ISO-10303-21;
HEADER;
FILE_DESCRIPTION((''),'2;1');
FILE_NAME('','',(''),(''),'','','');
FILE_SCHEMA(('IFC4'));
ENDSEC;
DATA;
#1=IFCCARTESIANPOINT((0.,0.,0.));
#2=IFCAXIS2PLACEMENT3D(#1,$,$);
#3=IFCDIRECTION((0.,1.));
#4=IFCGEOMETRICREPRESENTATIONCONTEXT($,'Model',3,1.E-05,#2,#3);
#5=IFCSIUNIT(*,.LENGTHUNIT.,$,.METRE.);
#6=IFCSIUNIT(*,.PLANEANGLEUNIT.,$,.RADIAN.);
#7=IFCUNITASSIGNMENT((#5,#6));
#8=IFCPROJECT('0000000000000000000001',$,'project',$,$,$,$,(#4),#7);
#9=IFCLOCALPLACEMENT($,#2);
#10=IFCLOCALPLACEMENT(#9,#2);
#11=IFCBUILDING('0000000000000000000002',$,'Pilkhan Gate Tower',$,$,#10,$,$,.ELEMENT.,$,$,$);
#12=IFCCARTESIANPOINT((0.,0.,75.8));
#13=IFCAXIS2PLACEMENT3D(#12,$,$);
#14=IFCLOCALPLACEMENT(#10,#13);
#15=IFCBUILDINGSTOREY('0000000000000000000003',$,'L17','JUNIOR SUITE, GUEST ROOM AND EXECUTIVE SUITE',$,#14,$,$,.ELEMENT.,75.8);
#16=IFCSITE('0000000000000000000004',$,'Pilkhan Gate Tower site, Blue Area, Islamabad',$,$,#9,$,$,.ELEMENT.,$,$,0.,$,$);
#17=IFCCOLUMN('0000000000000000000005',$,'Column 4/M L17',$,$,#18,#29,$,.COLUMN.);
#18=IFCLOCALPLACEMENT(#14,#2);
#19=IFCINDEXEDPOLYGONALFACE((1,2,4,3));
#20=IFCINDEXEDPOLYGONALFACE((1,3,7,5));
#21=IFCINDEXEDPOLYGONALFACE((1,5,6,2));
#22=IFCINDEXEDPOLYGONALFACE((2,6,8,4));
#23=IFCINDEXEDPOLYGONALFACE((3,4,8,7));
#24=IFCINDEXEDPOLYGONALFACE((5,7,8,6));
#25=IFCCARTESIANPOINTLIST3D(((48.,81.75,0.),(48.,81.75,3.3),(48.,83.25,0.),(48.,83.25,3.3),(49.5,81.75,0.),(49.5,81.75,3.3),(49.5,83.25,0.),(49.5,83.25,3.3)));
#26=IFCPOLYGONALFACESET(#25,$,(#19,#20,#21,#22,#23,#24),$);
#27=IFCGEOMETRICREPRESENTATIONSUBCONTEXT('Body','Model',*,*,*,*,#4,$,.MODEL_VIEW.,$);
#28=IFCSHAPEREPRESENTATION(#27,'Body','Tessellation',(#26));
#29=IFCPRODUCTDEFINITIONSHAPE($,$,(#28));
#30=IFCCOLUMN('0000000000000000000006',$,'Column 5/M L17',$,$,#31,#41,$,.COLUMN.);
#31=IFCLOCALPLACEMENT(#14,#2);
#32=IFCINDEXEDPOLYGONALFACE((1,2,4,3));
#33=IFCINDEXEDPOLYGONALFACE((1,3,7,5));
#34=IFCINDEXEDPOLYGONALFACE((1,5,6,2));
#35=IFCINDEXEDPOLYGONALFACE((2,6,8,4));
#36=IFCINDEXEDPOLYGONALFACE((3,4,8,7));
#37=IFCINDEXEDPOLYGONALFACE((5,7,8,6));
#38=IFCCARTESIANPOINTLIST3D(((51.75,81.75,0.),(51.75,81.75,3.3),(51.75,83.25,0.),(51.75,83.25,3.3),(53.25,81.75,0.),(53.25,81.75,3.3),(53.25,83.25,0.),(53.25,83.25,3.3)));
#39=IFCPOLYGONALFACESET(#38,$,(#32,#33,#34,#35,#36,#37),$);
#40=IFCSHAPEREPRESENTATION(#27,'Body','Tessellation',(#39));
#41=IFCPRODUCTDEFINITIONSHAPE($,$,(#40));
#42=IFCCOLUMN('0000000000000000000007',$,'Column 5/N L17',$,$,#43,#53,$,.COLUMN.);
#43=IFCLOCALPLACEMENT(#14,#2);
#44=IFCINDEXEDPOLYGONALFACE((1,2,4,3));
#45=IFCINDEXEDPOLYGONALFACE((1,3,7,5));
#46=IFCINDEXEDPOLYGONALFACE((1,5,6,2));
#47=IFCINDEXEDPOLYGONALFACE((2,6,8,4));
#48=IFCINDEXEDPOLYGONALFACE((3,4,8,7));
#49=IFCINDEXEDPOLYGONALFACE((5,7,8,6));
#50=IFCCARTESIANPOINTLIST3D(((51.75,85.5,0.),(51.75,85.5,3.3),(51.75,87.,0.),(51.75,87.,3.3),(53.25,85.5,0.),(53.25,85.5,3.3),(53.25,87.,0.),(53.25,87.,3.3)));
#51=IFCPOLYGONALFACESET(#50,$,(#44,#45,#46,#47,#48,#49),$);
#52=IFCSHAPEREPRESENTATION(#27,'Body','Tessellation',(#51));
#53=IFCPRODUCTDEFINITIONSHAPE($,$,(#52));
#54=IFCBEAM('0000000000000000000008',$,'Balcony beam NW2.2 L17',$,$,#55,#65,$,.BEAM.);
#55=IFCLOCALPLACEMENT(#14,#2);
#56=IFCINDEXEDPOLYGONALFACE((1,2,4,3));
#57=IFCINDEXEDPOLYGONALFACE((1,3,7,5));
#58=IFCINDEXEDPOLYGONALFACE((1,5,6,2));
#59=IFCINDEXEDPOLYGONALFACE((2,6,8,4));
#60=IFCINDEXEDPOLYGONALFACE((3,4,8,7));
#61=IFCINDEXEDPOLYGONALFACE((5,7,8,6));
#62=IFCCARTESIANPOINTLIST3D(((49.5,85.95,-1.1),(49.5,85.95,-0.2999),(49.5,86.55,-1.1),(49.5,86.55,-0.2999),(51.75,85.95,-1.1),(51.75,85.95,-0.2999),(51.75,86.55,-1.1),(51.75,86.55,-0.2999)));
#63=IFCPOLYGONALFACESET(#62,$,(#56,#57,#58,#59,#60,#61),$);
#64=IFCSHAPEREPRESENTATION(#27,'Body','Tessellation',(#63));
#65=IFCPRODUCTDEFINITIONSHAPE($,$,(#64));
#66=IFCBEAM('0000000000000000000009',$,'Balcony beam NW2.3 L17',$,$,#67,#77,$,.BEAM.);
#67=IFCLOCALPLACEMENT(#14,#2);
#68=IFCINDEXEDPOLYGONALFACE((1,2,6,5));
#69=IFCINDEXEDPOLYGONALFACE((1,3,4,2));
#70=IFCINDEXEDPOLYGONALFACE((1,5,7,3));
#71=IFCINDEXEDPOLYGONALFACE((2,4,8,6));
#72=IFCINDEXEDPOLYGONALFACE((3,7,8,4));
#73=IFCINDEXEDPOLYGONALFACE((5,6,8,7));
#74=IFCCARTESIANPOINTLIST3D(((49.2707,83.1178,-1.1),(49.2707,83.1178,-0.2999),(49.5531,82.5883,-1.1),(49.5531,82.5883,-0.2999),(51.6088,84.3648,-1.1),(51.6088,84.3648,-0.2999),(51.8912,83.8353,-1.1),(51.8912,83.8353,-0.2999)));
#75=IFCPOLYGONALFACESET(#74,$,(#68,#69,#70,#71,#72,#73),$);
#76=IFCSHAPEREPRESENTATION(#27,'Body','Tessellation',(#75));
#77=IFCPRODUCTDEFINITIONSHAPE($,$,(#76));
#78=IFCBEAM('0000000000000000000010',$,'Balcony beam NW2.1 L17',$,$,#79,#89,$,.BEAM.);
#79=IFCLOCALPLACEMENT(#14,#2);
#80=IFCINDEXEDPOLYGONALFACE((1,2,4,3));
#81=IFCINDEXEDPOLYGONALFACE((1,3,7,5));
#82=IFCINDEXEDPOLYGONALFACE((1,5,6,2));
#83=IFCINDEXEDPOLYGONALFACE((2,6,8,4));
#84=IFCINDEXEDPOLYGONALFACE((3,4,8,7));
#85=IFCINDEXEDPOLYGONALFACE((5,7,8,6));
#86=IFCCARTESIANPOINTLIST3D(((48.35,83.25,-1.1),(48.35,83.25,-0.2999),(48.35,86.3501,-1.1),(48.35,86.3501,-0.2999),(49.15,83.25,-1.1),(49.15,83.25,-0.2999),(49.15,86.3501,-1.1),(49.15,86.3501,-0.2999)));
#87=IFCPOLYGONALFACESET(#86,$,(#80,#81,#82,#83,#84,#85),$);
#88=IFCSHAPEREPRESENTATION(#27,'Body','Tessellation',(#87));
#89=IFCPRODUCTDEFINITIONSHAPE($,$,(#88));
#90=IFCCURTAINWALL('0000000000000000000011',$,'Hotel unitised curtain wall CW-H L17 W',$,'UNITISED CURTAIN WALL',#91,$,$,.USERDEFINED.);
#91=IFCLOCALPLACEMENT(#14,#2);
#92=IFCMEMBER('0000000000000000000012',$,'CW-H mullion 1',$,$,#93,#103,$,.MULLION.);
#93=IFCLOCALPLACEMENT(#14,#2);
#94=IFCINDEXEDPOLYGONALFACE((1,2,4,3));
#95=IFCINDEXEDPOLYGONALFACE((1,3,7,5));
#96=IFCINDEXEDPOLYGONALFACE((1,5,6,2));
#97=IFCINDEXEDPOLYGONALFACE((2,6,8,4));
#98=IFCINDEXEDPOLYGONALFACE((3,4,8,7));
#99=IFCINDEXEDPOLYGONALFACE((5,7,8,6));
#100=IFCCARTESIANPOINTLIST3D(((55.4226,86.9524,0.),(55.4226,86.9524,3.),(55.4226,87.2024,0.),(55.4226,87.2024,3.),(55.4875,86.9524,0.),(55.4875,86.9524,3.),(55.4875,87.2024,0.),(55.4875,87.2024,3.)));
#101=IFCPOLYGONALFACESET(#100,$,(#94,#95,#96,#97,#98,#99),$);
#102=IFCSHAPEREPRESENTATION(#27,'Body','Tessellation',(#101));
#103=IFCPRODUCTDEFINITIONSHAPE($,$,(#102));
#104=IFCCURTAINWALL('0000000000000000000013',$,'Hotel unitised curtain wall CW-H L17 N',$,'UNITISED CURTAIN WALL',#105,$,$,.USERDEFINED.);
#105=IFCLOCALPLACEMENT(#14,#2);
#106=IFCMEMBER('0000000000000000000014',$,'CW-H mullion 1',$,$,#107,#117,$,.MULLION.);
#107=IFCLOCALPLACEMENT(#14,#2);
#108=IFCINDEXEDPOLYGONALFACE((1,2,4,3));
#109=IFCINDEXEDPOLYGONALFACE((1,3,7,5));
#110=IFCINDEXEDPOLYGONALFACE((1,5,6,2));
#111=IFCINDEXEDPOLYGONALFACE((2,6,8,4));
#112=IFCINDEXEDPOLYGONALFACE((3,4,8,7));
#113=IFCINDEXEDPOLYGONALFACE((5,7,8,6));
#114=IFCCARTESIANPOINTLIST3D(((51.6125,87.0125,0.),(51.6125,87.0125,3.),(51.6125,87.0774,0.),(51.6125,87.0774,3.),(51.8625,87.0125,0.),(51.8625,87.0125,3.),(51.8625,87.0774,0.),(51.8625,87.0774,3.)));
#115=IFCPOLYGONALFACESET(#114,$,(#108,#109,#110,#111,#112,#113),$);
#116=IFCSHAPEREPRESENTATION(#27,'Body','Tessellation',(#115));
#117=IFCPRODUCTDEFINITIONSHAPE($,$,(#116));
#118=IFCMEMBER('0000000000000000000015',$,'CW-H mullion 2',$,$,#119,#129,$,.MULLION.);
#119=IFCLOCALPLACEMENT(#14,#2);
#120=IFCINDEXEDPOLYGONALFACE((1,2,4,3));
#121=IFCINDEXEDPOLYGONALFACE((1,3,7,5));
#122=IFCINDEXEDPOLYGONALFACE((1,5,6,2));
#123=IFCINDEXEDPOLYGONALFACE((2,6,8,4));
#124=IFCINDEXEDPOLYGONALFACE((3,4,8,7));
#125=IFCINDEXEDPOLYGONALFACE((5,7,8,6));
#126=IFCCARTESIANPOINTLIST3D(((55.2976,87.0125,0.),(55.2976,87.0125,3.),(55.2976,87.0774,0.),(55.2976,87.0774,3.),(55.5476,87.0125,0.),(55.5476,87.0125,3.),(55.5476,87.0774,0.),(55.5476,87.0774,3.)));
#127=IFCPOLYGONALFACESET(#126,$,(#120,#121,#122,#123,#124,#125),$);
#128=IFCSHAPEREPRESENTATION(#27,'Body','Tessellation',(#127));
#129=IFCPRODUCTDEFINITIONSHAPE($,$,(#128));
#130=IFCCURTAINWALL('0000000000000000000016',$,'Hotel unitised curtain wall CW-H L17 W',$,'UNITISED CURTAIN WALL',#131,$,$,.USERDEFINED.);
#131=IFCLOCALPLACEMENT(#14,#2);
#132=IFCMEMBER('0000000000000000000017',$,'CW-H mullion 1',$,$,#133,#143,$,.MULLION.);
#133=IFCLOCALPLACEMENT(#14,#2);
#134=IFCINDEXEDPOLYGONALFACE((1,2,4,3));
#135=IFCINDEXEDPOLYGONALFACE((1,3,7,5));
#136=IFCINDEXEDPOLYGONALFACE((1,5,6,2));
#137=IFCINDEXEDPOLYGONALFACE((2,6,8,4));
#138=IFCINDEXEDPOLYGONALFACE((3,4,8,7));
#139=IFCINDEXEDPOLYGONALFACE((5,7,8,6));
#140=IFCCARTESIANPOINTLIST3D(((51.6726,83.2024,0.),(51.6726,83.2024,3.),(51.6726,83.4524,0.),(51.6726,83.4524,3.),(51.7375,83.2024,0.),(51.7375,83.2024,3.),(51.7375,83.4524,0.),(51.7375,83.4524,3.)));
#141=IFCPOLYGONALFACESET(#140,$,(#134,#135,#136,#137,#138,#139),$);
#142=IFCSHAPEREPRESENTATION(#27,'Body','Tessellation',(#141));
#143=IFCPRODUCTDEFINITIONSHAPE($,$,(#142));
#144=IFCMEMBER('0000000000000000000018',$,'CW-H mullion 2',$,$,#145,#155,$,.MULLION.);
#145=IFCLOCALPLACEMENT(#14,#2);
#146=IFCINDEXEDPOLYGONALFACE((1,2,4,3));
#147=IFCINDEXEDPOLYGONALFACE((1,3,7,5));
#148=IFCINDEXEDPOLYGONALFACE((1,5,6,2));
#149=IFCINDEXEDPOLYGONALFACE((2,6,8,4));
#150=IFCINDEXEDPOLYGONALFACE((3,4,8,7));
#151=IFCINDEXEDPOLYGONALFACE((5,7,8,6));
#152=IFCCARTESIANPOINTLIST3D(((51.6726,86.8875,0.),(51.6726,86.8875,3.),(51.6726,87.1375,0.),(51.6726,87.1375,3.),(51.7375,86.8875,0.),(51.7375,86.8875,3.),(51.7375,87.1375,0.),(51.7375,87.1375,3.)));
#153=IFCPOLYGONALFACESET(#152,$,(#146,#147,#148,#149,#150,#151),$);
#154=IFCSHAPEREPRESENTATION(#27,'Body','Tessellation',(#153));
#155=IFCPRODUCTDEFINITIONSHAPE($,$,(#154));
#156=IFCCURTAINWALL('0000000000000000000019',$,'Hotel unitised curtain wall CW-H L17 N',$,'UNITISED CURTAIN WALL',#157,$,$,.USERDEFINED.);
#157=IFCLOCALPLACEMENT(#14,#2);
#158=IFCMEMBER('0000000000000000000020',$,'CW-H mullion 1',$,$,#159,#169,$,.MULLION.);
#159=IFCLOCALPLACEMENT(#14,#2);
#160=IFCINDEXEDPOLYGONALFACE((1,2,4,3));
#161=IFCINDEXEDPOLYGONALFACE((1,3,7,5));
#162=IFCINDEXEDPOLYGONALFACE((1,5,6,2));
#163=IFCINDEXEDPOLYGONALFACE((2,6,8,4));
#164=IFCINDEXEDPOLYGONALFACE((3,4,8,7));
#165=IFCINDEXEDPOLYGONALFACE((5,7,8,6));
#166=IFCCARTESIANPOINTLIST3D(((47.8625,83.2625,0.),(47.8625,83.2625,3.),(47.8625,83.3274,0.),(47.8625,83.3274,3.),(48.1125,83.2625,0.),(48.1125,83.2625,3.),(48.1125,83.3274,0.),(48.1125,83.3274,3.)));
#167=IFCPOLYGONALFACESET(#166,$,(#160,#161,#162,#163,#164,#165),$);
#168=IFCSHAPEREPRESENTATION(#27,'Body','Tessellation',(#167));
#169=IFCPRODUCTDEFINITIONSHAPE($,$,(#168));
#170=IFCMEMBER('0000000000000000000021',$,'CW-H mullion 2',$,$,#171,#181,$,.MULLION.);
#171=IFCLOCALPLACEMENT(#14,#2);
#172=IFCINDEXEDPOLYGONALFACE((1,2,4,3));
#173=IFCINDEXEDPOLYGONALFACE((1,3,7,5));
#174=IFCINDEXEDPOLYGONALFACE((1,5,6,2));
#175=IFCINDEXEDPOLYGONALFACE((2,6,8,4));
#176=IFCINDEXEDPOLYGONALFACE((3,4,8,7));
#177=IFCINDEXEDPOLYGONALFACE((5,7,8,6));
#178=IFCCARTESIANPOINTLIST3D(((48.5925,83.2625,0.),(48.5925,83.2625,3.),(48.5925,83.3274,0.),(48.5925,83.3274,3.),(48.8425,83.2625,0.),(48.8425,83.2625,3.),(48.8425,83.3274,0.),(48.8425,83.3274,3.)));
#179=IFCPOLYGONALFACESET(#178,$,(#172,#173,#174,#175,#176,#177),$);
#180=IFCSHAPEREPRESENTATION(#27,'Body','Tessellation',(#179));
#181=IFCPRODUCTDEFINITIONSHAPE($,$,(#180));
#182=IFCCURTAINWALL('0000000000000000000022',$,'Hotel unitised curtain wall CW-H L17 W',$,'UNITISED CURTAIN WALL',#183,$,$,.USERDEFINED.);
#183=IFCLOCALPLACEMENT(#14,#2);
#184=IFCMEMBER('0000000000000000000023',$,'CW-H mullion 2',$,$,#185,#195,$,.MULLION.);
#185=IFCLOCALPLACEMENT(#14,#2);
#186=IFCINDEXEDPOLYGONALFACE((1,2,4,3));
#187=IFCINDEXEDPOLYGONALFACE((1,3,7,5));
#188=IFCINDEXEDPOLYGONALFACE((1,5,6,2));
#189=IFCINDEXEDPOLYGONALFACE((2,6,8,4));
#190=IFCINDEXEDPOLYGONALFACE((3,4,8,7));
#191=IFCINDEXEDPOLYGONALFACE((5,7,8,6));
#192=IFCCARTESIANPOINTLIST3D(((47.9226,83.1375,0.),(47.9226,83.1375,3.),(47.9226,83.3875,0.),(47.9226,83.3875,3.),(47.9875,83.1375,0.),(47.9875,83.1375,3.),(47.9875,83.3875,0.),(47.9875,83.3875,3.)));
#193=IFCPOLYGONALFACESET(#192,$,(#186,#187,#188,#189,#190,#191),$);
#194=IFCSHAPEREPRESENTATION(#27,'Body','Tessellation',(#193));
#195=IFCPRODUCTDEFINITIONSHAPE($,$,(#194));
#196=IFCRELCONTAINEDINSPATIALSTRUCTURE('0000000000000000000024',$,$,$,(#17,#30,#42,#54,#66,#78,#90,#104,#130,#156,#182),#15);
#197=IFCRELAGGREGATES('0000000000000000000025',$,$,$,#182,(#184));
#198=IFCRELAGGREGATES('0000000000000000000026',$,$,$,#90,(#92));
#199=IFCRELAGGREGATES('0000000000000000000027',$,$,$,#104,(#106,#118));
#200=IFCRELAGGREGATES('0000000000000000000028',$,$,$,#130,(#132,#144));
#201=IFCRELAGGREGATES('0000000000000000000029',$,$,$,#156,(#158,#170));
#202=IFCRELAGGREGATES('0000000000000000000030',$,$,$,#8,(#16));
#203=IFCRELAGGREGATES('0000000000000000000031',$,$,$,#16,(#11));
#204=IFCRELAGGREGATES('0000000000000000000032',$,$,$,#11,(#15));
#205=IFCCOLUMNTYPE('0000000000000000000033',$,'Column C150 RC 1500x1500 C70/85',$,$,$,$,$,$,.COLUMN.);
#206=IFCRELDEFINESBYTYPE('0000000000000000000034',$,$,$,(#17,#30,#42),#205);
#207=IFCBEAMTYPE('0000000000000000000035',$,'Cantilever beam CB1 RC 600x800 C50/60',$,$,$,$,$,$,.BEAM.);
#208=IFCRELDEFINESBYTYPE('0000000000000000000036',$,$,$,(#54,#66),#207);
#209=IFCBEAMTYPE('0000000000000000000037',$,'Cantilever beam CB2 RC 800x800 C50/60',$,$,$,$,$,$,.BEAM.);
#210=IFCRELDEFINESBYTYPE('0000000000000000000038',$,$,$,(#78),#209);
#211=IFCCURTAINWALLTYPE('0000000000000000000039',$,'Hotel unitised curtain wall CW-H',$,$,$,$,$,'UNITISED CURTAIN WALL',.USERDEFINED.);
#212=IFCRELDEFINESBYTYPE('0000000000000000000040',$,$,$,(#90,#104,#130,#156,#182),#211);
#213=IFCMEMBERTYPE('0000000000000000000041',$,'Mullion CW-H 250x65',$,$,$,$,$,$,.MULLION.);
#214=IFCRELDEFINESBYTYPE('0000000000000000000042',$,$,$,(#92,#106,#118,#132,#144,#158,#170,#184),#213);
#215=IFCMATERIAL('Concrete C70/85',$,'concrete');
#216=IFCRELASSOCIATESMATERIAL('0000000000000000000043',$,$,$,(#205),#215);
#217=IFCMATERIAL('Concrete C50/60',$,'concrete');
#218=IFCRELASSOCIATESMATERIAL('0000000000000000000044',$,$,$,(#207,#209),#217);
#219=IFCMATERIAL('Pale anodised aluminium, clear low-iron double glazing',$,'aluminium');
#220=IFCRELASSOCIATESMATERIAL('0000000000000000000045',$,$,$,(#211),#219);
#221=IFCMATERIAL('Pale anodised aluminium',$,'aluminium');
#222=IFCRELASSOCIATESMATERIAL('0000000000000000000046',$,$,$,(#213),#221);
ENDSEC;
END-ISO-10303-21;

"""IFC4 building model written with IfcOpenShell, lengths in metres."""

from ifc_helpers import new_model, si_unit, direction, frame, origin, origin_2d, place, context, subcontext, project, spatial, rectangle, extrude, material, material_profile, profile_set, type_object, element, aggregate, save


model = new_model("IFC4")

# Units and contexts
model_context = context("Model", 3, precision=1e-05, world=origin(), true_north=direction((0.0, 1.0)))
body_context = subcontext(model_context, "Body", "Model", "MODEL_VIEW")
ifc_project = project(units=[si_unit("LENGTHUNIT", "METRE"), si_unit("PLANEANGLEUNIT", "RADIAN")], contexts=[model_context])

# Site, building, storey
site_placement = place(None, origin())
site = spatial("IfcSite", under=ifc_project, at=site_placement, Name="Pilkhan Gate Tower site, Blue Area, Islamabad", CompositionType="ELEMENT", RefElevation=0.0)
building_placement = place(site_placement, origin())
building = spatial("IfcBuilding", under=site, at=building_placement, Name="Pilkhan Gate Tower", CompositionType="ELEMENT")
storey_placement = place(building_placement, frame((0.0, 0.0, 75.8)))
storey = spatial("IfcBuildingStorey", under=building, at=storey_placement, Name="L17", Description="JUNIOR SUITE, GUEST ROOM AND EXECUTIVE SUITE", CompositionType="ELEMENT", Elevation=75.8)

# Columns
ifc_material_1 = material(Name="Concrete C70/85", Category="concrete")
ifc_material_profile_1 = material_profile(ifc_material_1, rectangle(XDim=1.5, YDim=1.5, at=origin_2d()), Name="RC 1500x1500")
ifc_profile_set_1 = profile_set([ifc_material_profile_1], Name="Concrete C70/85")
column_type = type_object("IfcColumnType", Name="Column C150 RC 1500x1500 C70/85", PredefinedType="COLUMN", material=ifc_profile_set_1)
for number, where, z_axis, x_axis, name in (
    (1, (48.75, 82.5, 0.0), (0.0, 0.0, 1.0), (1.0, 0.0, 0.0), "Column 4/M L17"),
    (2, (52.5, 82.5, 0.0), (0.0, 0.0, 1.0), (1.0, 0.0, 0.0), "Column 5/M L17"),
    (3, (52.5, 86.25, 0.0), (0.0, 0.0, 1.0), (1.0, 0.0, 0.0), "Column 5/N L17"),
):
    element("IfcColumn", number, at=place(storey_placement, frame(where, z_axis=z_axis, x_axis=x_axis)), inside=storey, type_object=column_type, Name=name, PredefinedType="COLUMN", context=body_context, shape_type="SweptSolid", body=[
        extrude(rectangle(XDim=1.5, YDim=1.5, at=origin_2d()), origin(), (0.0, 0.0, 1.0), 3.3),
    ])

# Beams
ifc_material_2 = material(Name="Concrete C50/60", Category="concrete")
ifc_material_profile_2 = material_profile(ifc_material_2, rectangle(XDim=0.6001, YDim=0.8, at=origin_2d()), Name="RC 600x800")
ifc_profile_set_2 = profile_set([ifc_material_profile_2], Name="Concrete C50/60")
beam_type_1 = type_object("IfcBeamType", Name="Cantilever beam CB1 RC 600x800 C50/60", PredefinedType="BEAM", material=ifc_profile_set_2)
beam_1_placement = place(storey_placement, frame((51.75, 86.25, -0.7), z_axis=(-1.0, 0.0, 0.0), x_axis=(0.0, -1.0, 0.0)))
element("IfcBeam", 4, at=beam_1_placement, inside=storey, type_object=beam_type_1, Name="Balcony beam NW2.2 L17", PredefinedType="BEAM", context=body_context, shape_type="SweptSolid", body=[
    extrude(rectangle(XDim=0.6001, YDim=0.8, at=origin_2d()), origin(), (0.0, 0.0, 1.0), 2.25),
])
beam_2_placement = place(storey_placement, frame((49.4119, 82.853, -0.7), z_axis=(0.882343, 0.470607, 0.0), x_axis=(-0.470607, 0.882343, 0.0)))
element("IfcBeam", 5, at=beam_2_placement, inside=storey, type_object=beam_type_1, Name="Balcony beam NW2.3 L17", PredefinedType="BEAM", context=body_context, shape_type="SweptSolid", body=[
    extrude(rectangle(XDim=0.6001, YDim=0.8, at=origin_2d()), origin(), (0.0, 0.0, 1.0), 2.6499),
])
ifc_material_profile_3 = material_profile(ifc_material_2, rectangle(XDim=0.8, YDim=0.8, at=origin_2d()), Name="RC 800x800")
ifc_profile_set_3 = profile_set([ifc_material_profile_3], Name="Concrete C50/60")
beam_type_2 = type_object("IfcBeamType", Name="Cantilever beam CB2 RC 800x800 C50/60", PredefinedType="BEAM", material=ifc_profile_set_3)
beam_3_placement = place(storey_placement, frame((48.75, 83.25, -0.7), z_axis=(0.0, 1.0, 0.0), x_axis=(-1.0, 0.0, 0.0)))
element("IfcBeam", 6, at=beam_3_placement, inside=storey, type_object=beam_type_2, Name="Balcony beam NW2.1 L17", PredefinedType="BEAM", context=body_context, shape_type="SweptSolid", body=[
    extrude(rectangle(XDim=0.8, YDim=0.8, at=origin_2d()), origin(), (0.0, 0.0, 1.0), 3.1001),
])

# Curtain wall, member
ifc_material_3 = material(Name="Pale anodised aluminium, clear low-iron double glazing", Category="aluminium")
curtain_wall_type = type_object("IfcCurtainWallType", Name="Hotel unitised curtain wall CW-H", ElementType="UNITISED CURTAIN WALL", PredefinedType="USERDEFINED", material=ifc_material_3)
curtain_wall_1_placement = place(storey_placement, origin())
curtain_wall_1 = element("IfcCurtainWall", 7, at=curtain_wall_1_placement, inside=storey, type_object=curtain_wall_type, Name="Hotel unitised curtain wall CW-H L17 W", ObjectType="UNITISED CURTAIN WALL", PredefinedType="USERDEFINED")
ifc_material_4 = material(Name="Pale anodised aluminium", Category="aluminium")
ifc_material_profile_4 = material_profile(ifc_material_4, rectangle(XDim=0.0649, YDim=0.25, at=origin_2d()), Name="Mullion 250x65")
ifc_profile_set_4 = profile_set([ifc_material_profile_4], Name="Pale anodised aluminium")
member_type_1 = type_object("IfcMemberType", Name="Mullion CW-H 250x65", PredefinedType="MULLION", material=ifc_profile_set_4)
member_1_placement = place(storey_placement, frame((55.4551, 87.0774, 0.0), z_axis=(0.0, 0.0, 1.0), x_axis=(-1.0, 0.0, 0.0)))
member_1 = element("IfcMember", 8, at=member_1_placement, type_object=member_type_1, Name="CW-H mullion 1", PredefinedType="MULLION", context=body_context, shape_type="SweptSolid", body=[
    extrude(rectangle(XDim=0.0649, YDim=0.25, at=origin_2d()), origin(), (0.0, 0.0, 1.0), 3.0),
])

# Curtain walls, members
curtain_wall_2_placement = place(storey_placement, origin())
curtain_wall_2 = element("IfcCurtainWall", 9, at=curtain_wall_2_placement, inside=storey, type_object=curtain_wall_type, Name="Hotel unitised curtain wall CW-H L17 N", ObjectType="UNITISED CURTAIN WALL", PredefinedType="USERDEFINED")
member_2_placement = place(storey_placement, frame((51.7375, 87.0449, 0.0), z_axis=(0.0, 0.0, 1.0), x_axis=(0.0, 1.0, 0.0)))
member_2 = element("IfcMember", 10, at=member_2_placement, type_object=member_type_1, Name="CW-H mullion 1", PredefinedType="MULLION", context=body_context, shape_type="SweptSolid", body=[
    extrude(rectangle(XDim=0.0649, YDim=0.25, at=origin_2d()), origin(), (0.0, 0.0, 1.0), 3.0),
])
member_3_placement = place(storey_placement, frame((55.4226, 87.0449, 0.0), z_axis=(0.0, 0.0, 1.0), x_axis=(0.0, 1.0, 0.0)))
member_3 = element("IfcMember", 11, at=member_3_placement, type_object=member_type_1, Name="CW-H mullion 2", PredefinedType="MULLION", context=body_context, shape_type="SweptSolid", body=[
    extrude(rectangle(XDim=0.0649, YDim=0.25, at=origin_2d()), origin(), (0.0, 0.0, 1.0), 3.0),
])
curtain_wall_3_placement = place(storey_placement, origin())
curtain_wall_3 = element("IfcCurtainWall", 12, at=curtain_wall_3_placement, inside=storey, type_object=curtain_wall_type, Name="Hotel unitised curtain wall CW-H L17 W", ObjectType="UNITISED CURTAIN WALL", PredefinedType="USERDEFINED")
member_4_placement = place(storey_placement, frame((51.7051, 83.3274, 0.0), z_axis=(0.0, 0.0, 1.0), x_axis=(-1.0, 0.0, 0.0)))
member_4 = element("IfcMember", 13, at=member_4_placement, type_object=member_type_1, Name="CW-H mullion 1", PredefinedType="MULLION", context=body_context, shape_type="SweptSolid", body=[
    extrude(rectangle(XDim=0.0649, YDim=0.25, at=origin_2d()), origin(), (0.0, 0.0, 1.0), 3.0),
])
member_5_placement = place(storey_placement, frame((51.7051, 87.0125, 0.0), z_axis=(0.0, 0.0, 1.0), x_axis=(-1.0, 0.0, 0.0)))
member_5 = element("IfcMember", 14, at=member_5_placement, type_object=member_type_1, Name="CW-H mullion 2", PredefinedType="MULLION", context=body_context, shape_type="SweptSolid", body=[
    extrude(rectangle(XDim=0.0649, YDim=0.25, at=origin_2d()), origin(), (0.0, 0.0, 1.0), 3.0),
])
curtain_wall_4_placement = place(storey_placement, origin())
curtain_wall_4 = element("IfcCurtainWall", 15, at=curtain_wall_4_placement, inside=storey, type_object=curtain_wall_type, Name="Hotel unitised curtain wall CW-H L17 N", ObjectType="UNITISED CURTAIN WALL", PredefinedType="USERDEFINED")
member_6_placement = place(storey_placement, frame((47.9875, 83.2949, 0.0), z_axis=(0.0, 0.0, 1.0), x_axis=(0.0, 1.0, 0.0)))
member_6 = element("IfcMember", 16, at=member_6_placement, type_object=member_type_1, Name="CW-H mullion 1", PredefinedType="MULLION", context=body_context, shape_type="SweptSolid", body=[
    extrude(rectangle(XDim=0.0649, YDim=0.25, at=origin_2d()), origin(), (0.0, 0.0, 1.0), 3.0),
])
member_7_placement = place(storey_placement, frame((48.7175, 83.2949, 0.0), z_axis=(0.0, 0.0, 1.0), x_axis=(0.0, 1.0, 0.0)))
member_7 = element("IfcMember", 17, at=member_7_placement, type_object=member_type_1, Name="CW-H mullion 2", PredefinedType="MULLION", context=body_context, shape_type="SweptSolid", body=[
    extrude(rectangle(XDim=0.0649, YDim=0.25, at=origin_2d()), origin(), (0.0, 0.0, 1.0), 3.0),
])

# Curtain wall, member
curtain_wall_5_placement = place(storey_placement, origin())
curtain_wall_5 = element("IfcCurtainWall", 18, at=curtain_wall_5_placement, inside=storey, type_object=curtain_wall_type, Name="Hotel unitised curtain wall CW-H L17 W", ObjectType="UNITISED CURTAIN WALL", PredefinedType="USERDEFINED")
member_8_placement = place(storey_placement, frame((47.9551, 83.2625, 0.0), z_axis=(0.0, 0.0, 1.0), x_axis=(-1.0, 0.0, 0.0)))
member_8 = element("IfcMember", 19, at=member_8_placement, type_object=member_type_1, Name="CW-H mullion 2", PredefinedType="MULLION", context=body_context, shape_type="SweptSolid", body=[
    extrude(rectangle(XDim=0.0649, YDim=0.25, at=origin_2d()), origin(), (0.0, 0.0, 1.0), 3.0),
])
aggregate(curtain_wall_5, [member_8])

aggregate(curtain_wall_1, [member_1])
aggregate(curtain_wall_2, [member_2, member_3])
aggregate(curtain_wall_3, [member_4, member_5])
aggregate(curtain_wall_4, [member_6, member_7])

save(model, "model.ifc")
